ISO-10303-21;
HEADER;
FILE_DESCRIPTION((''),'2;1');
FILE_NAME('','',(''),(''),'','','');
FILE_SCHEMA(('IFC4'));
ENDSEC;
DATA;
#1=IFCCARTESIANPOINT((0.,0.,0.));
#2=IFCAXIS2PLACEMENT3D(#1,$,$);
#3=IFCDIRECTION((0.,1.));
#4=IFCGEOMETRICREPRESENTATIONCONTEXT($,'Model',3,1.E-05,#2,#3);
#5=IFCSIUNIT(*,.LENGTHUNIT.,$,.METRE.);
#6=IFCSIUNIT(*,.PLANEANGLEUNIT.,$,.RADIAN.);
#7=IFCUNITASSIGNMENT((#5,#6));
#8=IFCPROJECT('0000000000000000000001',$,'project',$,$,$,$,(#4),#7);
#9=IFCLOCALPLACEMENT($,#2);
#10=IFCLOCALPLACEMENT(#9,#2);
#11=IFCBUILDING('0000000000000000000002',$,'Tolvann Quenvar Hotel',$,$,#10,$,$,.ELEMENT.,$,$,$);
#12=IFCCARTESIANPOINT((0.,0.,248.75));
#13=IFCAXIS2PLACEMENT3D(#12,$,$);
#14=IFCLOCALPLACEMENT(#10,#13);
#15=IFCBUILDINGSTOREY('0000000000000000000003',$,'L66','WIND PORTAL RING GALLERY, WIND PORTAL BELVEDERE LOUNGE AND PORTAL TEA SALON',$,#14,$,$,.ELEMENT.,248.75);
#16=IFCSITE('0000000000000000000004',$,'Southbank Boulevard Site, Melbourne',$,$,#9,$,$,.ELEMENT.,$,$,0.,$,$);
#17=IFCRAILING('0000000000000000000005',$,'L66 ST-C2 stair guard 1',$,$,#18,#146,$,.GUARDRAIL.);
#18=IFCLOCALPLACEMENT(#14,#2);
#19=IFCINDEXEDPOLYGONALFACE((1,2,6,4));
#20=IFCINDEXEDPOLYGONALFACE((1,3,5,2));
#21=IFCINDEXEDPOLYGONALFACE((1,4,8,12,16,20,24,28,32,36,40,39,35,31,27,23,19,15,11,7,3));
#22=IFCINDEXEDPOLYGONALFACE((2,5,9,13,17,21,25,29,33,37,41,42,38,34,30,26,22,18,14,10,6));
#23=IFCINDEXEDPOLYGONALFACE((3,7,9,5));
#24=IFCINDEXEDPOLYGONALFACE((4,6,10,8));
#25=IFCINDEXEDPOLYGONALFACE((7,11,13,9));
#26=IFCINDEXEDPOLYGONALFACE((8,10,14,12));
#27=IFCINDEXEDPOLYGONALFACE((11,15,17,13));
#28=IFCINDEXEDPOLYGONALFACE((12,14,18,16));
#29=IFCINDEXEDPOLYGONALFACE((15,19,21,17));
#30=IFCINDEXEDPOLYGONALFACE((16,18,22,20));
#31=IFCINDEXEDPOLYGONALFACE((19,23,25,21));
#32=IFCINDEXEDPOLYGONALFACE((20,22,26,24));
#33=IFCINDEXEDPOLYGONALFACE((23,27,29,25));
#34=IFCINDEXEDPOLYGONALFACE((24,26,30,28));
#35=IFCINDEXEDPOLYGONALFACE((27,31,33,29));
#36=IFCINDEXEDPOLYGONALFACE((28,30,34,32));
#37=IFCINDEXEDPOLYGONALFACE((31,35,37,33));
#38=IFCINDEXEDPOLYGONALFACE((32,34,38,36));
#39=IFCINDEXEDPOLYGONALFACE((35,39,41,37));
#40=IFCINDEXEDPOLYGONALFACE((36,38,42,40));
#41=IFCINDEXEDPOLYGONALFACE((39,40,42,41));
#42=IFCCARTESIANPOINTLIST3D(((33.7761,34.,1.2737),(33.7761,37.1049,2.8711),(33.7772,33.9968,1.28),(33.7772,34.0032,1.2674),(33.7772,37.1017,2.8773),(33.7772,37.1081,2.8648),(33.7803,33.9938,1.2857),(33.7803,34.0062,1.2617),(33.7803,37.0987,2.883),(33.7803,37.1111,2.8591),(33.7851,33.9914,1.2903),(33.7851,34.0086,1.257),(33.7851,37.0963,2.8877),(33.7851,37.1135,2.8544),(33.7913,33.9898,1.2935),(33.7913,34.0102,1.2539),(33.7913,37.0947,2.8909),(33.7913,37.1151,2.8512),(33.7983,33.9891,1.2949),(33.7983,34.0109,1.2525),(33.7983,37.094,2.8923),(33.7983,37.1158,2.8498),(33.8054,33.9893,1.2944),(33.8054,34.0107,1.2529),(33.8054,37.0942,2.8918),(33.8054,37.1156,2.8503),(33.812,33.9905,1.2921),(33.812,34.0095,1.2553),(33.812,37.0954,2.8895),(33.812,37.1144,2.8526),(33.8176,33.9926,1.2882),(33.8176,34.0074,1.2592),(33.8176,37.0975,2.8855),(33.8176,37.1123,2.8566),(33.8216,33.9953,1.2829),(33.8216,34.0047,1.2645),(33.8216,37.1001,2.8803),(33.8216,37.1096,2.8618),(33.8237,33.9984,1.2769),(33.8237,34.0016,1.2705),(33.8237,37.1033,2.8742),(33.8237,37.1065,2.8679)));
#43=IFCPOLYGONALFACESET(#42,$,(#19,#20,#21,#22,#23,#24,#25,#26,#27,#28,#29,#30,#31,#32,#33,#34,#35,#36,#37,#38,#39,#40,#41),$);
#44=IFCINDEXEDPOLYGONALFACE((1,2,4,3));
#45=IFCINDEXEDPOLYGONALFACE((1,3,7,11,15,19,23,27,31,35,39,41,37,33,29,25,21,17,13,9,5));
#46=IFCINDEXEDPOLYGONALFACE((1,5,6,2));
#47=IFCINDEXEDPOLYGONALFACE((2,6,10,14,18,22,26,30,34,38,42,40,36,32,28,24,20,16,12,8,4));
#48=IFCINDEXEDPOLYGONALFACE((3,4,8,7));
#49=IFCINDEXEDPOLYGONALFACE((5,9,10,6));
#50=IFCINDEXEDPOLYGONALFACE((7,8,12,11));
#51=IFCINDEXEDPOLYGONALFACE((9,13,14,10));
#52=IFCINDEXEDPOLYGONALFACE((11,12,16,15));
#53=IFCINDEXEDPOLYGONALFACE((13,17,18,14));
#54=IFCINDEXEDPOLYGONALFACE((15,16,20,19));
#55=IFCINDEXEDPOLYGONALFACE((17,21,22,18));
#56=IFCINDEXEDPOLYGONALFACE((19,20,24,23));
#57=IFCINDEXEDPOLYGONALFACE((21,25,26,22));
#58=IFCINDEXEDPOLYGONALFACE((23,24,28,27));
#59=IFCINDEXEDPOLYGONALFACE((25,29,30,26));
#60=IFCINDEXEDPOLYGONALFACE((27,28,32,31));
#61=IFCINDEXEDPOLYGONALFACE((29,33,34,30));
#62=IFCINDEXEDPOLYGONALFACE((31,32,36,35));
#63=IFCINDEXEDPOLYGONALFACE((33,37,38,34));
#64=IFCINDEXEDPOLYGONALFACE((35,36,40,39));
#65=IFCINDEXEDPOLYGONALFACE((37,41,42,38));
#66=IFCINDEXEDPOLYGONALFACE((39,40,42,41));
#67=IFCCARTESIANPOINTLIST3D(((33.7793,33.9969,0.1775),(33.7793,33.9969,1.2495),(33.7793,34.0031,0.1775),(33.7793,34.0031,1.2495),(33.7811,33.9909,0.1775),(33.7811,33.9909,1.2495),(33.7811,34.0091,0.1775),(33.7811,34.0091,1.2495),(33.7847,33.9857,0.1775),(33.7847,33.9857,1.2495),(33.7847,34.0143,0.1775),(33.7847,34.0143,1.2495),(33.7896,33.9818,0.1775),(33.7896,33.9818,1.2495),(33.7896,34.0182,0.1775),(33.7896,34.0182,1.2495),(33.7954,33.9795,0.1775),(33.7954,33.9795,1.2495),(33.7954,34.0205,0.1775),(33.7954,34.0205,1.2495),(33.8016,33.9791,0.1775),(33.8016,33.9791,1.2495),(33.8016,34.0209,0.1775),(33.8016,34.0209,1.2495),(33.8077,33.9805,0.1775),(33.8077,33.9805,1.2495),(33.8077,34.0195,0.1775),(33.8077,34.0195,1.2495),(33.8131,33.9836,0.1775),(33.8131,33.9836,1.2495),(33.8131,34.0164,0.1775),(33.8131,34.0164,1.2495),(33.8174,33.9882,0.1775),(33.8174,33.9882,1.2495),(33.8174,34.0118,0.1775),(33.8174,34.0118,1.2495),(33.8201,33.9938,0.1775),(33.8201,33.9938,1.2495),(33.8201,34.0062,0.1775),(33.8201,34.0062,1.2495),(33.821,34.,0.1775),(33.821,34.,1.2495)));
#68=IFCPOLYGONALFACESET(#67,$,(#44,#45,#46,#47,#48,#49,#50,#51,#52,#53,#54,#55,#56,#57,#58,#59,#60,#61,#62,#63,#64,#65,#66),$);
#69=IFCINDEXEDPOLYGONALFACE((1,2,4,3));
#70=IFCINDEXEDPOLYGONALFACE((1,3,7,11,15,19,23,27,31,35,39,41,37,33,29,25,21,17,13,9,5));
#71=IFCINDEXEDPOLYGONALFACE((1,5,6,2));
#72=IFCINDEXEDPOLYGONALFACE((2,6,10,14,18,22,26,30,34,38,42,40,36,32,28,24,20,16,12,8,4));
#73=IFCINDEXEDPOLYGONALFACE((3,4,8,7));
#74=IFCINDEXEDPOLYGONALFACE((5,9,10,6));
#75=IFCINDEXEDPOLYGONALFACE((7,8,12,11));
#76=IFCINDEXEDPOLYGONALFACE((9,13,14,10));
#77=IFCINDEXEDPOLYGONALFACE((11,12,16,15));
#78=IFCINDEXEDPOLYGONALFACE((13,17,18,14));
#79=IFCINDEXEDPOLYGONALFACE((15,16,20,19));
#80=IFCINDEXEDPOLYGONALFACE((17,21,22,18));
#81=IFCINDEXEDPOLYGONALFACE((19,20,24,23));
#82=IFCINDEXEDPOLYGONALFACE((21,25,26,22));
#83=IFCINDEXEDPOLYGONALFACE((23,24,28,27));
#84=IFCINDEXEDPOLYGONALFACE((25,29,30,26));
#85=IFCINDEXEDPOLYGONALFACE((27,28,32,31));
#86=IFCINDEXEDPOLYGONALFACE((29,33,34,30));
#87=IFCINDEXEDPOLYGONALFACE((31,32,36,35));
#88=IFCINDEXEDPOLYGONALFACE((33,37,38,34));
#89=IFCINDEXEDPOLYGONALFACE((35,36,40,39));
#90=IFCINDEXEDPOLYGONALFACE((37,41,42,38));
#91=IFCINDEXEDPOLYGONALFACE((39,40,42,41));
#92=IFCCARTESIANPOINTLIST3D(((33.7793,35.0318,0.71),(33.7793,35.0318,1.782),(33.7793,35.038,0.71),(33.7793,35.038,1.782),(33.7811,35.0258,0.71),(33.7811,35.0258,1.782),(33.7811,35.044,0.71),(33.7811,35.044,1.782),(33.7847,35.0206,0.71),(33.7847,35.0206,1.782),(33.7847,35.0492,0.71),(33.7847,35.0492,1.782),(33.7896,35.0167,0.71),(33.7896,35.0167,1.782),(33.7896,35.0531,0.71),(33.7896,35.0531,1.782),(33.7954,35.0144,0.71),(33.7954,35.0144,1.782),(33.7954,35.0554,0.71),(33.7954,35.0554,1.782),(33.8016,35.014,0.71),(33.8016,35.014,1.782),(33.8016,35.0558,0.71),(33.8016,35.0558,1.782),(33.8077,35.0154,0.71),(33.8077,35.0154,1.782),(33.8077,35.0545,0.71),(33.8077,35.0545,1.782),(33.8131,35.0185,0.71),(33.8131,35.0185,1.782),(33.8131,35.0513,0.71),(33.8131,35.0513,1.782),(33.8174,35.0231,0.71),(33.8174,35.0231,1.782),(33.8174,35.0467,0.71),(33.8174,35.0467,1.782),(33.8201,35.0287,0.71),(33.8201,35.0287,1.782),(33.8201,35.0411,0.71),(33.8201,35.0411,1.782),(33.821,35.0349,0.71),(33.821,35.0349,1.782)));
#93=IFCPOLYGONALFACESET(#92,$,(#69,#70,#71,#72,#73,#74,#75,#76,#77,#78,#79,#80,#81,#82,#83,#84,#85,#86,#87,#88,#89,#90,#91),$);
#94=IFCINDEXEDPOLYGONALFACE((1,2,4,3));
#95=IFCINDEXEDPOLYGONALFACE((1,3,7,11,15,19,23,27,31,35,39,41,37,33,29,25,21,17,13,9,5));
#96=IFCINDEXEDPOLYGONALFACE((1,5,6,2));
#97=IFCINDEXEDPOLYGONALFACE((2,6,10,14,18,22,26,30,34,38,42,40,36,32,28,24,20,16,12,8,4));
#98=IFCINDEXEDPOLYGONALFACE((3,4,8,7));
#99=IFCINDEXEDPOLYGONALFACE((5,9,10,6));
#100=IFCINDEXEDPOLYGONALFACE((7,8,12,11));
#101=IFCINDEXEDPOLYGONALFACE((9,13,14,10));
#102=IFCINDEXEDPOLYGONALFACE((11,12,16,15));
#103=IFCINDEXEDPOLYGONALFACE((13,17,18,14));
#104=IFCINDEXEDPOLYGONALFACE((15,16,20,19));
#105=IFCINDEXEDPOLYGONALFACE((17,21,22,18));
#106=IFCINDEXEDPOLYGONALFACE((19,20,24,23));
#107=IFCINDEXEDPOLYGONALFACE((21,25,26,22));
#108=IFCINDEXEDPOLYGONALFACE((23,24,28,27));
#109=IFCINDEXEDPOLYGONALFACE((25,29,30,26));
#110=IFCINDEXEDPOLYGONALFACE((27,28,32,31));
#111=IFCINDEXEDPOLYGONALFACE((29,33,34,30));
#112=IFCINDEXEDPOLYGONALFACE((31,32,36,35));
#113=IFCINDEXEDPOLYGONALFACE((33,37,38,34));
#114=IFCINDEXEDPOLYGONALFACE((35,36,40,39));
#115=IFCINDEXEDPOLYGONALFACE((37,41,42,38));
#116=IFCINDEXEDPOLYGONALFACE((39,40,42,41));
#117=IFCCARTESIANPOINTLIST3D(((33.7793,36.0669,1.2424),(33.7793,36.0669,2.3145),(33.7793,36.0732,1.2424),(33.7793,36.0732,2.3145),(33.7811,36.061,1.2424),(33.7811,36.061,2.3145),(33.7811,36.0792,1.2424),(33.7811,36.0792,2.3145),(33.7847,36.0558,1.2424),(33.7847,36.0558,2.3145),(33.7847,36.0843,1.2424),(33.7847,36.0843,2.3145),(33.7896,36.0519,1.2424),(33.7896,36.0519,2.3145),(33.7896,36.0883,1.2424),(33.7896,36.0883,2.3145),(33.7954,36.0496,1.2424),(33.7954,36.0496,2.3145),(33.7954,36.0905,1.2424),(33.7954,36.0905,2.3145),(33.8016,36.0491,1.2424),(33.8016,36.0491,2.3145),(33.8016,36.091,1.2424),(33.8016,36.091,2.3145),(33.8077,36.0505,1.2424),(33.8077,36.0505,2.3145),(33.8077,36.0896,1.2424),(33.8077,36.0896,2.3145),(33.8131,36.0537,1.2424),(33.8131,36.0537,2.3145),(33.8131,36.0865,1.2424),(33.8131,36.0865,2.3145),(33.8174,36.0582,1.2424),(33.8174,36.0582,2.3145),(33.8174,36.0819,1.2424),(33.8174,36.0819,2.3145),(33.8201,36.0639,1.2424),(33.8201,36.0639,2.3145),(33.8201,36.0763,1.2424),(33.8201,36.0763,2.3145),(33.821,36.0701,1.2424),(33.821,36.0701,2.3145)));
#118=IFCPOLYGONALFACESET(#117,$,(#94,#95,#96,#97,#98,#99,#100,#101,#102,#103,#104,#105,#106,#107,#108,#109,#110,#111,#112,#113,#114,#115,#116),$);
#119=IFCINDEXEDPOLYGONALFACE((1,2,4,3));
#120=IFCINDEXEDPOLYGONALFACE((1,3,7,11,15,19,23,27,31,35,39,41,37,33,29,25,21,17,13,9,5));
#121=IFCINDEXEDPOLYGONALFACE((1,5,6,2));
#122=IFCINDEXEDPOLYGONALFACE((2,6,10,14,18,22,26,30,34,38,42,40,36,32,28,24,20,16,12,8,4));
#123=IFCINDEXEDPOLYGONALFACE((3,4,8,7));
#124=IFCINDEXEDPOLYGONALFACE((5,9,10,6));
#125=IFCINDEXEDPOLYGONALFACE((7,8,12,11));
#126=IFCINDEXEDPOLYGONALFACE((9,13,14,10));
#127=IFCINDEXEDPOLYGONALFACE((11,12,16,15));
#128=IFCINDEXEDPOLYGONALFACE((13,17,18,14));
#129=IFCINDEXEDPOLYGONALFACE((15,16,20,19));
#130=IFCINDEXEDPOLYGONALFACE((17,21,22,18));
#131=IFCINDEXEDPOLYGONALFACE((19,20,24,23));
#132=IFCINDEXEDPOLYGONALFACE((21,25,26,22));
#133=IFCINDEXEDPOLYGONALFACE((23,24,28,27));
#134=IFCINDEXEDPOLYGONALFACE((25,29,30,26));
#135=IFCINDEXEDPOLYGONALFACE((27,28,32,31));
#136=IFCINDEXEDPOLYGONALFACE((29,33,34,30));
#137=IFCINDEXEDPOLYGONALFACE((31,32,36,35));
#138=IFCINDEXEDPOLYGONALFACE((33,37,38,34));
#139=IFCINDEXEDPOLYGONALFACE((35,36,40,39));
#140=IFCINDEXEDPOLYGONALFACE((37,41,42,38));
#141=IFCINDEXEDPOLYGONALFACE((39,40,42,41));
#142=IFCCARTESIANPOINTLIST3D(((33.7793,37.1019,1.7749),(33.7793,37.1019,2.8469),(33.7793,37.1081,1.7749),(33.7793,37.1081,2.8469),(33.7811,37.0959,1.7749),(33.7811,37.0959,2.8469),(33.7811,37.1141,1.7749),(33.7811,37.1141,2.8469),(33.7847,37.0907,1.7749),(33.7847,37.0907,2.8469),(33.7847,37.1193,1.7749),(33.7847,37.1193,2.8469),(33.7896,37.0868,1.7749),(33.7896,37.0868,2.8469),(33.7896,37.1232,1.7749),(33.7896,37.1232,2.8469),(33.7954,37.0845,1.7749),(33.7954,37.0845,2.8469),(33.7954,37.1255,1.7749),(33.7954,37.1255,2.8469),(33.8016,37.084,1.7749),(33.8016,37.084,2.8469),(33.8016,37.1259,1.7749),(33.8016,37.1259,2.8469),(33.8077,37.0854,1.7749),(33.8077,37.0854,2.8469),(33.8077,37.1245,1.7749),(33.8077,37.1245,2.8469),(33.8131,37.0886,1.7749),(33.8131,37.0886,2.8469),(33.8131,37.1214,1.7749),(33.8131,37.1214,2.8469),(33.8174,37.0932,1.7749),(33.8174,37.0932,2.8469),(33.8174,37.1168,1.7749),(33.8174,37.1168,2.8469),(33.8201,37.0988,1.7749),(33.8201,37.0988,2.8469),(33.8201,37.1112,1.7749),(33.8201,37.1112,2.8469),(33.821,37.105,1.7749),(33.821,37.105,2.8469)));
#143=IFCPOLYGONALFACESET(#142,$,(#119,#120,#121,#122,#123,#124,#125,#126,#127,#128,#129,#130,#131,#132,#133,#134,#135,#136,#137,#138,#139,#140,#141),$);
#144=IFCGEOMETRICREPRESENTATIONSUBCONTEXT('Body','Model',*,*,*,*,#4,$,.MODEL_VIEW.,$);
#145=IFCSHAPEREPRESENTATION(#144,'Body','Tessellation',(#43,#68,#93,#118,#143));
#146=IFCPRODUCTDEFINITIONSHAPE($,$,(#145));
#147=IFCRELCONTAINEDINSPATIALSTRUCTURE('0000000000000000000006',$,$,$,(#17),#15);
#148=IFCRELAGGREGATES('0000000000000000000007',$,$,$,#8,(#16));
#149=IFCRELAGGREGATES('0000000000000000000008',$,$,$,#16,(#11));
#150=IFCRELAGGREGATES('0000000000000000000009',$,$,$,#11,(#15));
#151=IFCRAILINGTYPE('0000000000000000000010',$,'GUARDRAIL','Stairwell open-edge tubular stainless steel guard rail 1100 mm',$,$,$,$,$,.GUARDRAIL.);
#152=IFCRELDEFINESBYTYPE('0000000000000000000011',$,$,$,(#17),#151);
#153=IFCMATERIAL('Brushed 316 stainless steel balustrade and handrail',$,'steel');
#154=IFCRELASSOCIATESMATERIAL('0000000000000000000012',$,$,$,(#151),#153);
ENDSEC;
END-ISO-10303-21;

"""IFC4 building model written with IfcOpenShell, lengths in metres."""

from ifc_helpers import new_model, si_unit, direction, frame, origin, origin_2d, place, context, subcontext, project, spatial, circle, extrude, material, type_object, element, save


model = new_model("IFC4")

# Units and contexts
model_context = context("Model", 3, precision=1e-05, world=origin(), true_north=direction((0.0, 1.0)))
body_context = subcontext(model_context, "Body", "Model", "MODEL_VIEW")
ifc_project = project(units=[si_unit("LENGTHUNIT", "METRE"), si_unit("PLANEANGLEUNIT", "RADIAN")], contexts=[model_context])

# Site, building, storey
site_placement = place(None, origin())
site = spatial("IfcSite", under=ifc_project, at=site_placement, Name="Southbank Boulevard Site, Melbourne", CompositionType="ELEMENT", RefElevation=0.0)
building_placement = place(site_placement, origin())
building = spatial("IfcBuilding", under=site, at=building_placement, Name="Tolvann Quenvar Hotel", CompositionType="ELEMENT")
storey_placement = place(building_placement, frame((0.0, 0.0, 248.75)))
storey = spatial("IfcBuildingStorey", under=building, at=storey_placement, Name="L66", Description="WIND PORTAL RING GALLERY, WIND PORTAL BELVEDERE LOUNGE AND PORTAL TEA SALON", CompositionType="ELEMENT", Elevation=248.75)

# Railing
ifc_material_1 = material(Name="Brushed 316 stainless steel balustrade and handrail", Category="steel")
railing_type_1 = type_object("IfcRailingType", Name="GUARDRAIL", Description="Stairwell open-edge tubular stainless steel guard rail 1100 mm", PredefinedType="GUARDRAIL", material=ifc_material_1)
railing_1_placement = place(storey_placement, frame((33.8, 34.0, 0.1775)))
element("IfcRailing", 1, at=railing_1_placement, inside=storey, type_object=railing_type_1, Name="L66 ST-C2 stair guard 1", PredefinedType="GUARDRAIL", context=body_context, shape_type="SweptSolid", body=[
    extrude(circle(Radius=0.0239, at=origin_2d()), frame((0.0, 0.0, 1.0962), z_axis=(0.0, 0.889222, 0.457476), x_axis=(-1.0, 0.0, 0.0)), (0.0, 0.0, 1.0), 3.4917),
    extrude(circle(Radius=0.021, at=origin_2d()), origin(), (0.0, 0.0, 1.0), 1.072),
    extrude(circle(Radius=0.021, at=origin_2d()), frame((0.0, 1.0349, 0.5325)), (0.0, 0.0, 1.0), 1.072),
    extrude(circle(Radius=0.021, at=origin_2d()), frame((0.0, 2.0701, 1.0649)), (0.0, 0.0, 1.0), 1.072),
    extrude(circle(Radius=0.021, at=origin_2d()), frame((0.0, 3.105, 1.5974)), (0.0, 0.0, 1.0), 1.072),
])

save(model, "model.ifc")
